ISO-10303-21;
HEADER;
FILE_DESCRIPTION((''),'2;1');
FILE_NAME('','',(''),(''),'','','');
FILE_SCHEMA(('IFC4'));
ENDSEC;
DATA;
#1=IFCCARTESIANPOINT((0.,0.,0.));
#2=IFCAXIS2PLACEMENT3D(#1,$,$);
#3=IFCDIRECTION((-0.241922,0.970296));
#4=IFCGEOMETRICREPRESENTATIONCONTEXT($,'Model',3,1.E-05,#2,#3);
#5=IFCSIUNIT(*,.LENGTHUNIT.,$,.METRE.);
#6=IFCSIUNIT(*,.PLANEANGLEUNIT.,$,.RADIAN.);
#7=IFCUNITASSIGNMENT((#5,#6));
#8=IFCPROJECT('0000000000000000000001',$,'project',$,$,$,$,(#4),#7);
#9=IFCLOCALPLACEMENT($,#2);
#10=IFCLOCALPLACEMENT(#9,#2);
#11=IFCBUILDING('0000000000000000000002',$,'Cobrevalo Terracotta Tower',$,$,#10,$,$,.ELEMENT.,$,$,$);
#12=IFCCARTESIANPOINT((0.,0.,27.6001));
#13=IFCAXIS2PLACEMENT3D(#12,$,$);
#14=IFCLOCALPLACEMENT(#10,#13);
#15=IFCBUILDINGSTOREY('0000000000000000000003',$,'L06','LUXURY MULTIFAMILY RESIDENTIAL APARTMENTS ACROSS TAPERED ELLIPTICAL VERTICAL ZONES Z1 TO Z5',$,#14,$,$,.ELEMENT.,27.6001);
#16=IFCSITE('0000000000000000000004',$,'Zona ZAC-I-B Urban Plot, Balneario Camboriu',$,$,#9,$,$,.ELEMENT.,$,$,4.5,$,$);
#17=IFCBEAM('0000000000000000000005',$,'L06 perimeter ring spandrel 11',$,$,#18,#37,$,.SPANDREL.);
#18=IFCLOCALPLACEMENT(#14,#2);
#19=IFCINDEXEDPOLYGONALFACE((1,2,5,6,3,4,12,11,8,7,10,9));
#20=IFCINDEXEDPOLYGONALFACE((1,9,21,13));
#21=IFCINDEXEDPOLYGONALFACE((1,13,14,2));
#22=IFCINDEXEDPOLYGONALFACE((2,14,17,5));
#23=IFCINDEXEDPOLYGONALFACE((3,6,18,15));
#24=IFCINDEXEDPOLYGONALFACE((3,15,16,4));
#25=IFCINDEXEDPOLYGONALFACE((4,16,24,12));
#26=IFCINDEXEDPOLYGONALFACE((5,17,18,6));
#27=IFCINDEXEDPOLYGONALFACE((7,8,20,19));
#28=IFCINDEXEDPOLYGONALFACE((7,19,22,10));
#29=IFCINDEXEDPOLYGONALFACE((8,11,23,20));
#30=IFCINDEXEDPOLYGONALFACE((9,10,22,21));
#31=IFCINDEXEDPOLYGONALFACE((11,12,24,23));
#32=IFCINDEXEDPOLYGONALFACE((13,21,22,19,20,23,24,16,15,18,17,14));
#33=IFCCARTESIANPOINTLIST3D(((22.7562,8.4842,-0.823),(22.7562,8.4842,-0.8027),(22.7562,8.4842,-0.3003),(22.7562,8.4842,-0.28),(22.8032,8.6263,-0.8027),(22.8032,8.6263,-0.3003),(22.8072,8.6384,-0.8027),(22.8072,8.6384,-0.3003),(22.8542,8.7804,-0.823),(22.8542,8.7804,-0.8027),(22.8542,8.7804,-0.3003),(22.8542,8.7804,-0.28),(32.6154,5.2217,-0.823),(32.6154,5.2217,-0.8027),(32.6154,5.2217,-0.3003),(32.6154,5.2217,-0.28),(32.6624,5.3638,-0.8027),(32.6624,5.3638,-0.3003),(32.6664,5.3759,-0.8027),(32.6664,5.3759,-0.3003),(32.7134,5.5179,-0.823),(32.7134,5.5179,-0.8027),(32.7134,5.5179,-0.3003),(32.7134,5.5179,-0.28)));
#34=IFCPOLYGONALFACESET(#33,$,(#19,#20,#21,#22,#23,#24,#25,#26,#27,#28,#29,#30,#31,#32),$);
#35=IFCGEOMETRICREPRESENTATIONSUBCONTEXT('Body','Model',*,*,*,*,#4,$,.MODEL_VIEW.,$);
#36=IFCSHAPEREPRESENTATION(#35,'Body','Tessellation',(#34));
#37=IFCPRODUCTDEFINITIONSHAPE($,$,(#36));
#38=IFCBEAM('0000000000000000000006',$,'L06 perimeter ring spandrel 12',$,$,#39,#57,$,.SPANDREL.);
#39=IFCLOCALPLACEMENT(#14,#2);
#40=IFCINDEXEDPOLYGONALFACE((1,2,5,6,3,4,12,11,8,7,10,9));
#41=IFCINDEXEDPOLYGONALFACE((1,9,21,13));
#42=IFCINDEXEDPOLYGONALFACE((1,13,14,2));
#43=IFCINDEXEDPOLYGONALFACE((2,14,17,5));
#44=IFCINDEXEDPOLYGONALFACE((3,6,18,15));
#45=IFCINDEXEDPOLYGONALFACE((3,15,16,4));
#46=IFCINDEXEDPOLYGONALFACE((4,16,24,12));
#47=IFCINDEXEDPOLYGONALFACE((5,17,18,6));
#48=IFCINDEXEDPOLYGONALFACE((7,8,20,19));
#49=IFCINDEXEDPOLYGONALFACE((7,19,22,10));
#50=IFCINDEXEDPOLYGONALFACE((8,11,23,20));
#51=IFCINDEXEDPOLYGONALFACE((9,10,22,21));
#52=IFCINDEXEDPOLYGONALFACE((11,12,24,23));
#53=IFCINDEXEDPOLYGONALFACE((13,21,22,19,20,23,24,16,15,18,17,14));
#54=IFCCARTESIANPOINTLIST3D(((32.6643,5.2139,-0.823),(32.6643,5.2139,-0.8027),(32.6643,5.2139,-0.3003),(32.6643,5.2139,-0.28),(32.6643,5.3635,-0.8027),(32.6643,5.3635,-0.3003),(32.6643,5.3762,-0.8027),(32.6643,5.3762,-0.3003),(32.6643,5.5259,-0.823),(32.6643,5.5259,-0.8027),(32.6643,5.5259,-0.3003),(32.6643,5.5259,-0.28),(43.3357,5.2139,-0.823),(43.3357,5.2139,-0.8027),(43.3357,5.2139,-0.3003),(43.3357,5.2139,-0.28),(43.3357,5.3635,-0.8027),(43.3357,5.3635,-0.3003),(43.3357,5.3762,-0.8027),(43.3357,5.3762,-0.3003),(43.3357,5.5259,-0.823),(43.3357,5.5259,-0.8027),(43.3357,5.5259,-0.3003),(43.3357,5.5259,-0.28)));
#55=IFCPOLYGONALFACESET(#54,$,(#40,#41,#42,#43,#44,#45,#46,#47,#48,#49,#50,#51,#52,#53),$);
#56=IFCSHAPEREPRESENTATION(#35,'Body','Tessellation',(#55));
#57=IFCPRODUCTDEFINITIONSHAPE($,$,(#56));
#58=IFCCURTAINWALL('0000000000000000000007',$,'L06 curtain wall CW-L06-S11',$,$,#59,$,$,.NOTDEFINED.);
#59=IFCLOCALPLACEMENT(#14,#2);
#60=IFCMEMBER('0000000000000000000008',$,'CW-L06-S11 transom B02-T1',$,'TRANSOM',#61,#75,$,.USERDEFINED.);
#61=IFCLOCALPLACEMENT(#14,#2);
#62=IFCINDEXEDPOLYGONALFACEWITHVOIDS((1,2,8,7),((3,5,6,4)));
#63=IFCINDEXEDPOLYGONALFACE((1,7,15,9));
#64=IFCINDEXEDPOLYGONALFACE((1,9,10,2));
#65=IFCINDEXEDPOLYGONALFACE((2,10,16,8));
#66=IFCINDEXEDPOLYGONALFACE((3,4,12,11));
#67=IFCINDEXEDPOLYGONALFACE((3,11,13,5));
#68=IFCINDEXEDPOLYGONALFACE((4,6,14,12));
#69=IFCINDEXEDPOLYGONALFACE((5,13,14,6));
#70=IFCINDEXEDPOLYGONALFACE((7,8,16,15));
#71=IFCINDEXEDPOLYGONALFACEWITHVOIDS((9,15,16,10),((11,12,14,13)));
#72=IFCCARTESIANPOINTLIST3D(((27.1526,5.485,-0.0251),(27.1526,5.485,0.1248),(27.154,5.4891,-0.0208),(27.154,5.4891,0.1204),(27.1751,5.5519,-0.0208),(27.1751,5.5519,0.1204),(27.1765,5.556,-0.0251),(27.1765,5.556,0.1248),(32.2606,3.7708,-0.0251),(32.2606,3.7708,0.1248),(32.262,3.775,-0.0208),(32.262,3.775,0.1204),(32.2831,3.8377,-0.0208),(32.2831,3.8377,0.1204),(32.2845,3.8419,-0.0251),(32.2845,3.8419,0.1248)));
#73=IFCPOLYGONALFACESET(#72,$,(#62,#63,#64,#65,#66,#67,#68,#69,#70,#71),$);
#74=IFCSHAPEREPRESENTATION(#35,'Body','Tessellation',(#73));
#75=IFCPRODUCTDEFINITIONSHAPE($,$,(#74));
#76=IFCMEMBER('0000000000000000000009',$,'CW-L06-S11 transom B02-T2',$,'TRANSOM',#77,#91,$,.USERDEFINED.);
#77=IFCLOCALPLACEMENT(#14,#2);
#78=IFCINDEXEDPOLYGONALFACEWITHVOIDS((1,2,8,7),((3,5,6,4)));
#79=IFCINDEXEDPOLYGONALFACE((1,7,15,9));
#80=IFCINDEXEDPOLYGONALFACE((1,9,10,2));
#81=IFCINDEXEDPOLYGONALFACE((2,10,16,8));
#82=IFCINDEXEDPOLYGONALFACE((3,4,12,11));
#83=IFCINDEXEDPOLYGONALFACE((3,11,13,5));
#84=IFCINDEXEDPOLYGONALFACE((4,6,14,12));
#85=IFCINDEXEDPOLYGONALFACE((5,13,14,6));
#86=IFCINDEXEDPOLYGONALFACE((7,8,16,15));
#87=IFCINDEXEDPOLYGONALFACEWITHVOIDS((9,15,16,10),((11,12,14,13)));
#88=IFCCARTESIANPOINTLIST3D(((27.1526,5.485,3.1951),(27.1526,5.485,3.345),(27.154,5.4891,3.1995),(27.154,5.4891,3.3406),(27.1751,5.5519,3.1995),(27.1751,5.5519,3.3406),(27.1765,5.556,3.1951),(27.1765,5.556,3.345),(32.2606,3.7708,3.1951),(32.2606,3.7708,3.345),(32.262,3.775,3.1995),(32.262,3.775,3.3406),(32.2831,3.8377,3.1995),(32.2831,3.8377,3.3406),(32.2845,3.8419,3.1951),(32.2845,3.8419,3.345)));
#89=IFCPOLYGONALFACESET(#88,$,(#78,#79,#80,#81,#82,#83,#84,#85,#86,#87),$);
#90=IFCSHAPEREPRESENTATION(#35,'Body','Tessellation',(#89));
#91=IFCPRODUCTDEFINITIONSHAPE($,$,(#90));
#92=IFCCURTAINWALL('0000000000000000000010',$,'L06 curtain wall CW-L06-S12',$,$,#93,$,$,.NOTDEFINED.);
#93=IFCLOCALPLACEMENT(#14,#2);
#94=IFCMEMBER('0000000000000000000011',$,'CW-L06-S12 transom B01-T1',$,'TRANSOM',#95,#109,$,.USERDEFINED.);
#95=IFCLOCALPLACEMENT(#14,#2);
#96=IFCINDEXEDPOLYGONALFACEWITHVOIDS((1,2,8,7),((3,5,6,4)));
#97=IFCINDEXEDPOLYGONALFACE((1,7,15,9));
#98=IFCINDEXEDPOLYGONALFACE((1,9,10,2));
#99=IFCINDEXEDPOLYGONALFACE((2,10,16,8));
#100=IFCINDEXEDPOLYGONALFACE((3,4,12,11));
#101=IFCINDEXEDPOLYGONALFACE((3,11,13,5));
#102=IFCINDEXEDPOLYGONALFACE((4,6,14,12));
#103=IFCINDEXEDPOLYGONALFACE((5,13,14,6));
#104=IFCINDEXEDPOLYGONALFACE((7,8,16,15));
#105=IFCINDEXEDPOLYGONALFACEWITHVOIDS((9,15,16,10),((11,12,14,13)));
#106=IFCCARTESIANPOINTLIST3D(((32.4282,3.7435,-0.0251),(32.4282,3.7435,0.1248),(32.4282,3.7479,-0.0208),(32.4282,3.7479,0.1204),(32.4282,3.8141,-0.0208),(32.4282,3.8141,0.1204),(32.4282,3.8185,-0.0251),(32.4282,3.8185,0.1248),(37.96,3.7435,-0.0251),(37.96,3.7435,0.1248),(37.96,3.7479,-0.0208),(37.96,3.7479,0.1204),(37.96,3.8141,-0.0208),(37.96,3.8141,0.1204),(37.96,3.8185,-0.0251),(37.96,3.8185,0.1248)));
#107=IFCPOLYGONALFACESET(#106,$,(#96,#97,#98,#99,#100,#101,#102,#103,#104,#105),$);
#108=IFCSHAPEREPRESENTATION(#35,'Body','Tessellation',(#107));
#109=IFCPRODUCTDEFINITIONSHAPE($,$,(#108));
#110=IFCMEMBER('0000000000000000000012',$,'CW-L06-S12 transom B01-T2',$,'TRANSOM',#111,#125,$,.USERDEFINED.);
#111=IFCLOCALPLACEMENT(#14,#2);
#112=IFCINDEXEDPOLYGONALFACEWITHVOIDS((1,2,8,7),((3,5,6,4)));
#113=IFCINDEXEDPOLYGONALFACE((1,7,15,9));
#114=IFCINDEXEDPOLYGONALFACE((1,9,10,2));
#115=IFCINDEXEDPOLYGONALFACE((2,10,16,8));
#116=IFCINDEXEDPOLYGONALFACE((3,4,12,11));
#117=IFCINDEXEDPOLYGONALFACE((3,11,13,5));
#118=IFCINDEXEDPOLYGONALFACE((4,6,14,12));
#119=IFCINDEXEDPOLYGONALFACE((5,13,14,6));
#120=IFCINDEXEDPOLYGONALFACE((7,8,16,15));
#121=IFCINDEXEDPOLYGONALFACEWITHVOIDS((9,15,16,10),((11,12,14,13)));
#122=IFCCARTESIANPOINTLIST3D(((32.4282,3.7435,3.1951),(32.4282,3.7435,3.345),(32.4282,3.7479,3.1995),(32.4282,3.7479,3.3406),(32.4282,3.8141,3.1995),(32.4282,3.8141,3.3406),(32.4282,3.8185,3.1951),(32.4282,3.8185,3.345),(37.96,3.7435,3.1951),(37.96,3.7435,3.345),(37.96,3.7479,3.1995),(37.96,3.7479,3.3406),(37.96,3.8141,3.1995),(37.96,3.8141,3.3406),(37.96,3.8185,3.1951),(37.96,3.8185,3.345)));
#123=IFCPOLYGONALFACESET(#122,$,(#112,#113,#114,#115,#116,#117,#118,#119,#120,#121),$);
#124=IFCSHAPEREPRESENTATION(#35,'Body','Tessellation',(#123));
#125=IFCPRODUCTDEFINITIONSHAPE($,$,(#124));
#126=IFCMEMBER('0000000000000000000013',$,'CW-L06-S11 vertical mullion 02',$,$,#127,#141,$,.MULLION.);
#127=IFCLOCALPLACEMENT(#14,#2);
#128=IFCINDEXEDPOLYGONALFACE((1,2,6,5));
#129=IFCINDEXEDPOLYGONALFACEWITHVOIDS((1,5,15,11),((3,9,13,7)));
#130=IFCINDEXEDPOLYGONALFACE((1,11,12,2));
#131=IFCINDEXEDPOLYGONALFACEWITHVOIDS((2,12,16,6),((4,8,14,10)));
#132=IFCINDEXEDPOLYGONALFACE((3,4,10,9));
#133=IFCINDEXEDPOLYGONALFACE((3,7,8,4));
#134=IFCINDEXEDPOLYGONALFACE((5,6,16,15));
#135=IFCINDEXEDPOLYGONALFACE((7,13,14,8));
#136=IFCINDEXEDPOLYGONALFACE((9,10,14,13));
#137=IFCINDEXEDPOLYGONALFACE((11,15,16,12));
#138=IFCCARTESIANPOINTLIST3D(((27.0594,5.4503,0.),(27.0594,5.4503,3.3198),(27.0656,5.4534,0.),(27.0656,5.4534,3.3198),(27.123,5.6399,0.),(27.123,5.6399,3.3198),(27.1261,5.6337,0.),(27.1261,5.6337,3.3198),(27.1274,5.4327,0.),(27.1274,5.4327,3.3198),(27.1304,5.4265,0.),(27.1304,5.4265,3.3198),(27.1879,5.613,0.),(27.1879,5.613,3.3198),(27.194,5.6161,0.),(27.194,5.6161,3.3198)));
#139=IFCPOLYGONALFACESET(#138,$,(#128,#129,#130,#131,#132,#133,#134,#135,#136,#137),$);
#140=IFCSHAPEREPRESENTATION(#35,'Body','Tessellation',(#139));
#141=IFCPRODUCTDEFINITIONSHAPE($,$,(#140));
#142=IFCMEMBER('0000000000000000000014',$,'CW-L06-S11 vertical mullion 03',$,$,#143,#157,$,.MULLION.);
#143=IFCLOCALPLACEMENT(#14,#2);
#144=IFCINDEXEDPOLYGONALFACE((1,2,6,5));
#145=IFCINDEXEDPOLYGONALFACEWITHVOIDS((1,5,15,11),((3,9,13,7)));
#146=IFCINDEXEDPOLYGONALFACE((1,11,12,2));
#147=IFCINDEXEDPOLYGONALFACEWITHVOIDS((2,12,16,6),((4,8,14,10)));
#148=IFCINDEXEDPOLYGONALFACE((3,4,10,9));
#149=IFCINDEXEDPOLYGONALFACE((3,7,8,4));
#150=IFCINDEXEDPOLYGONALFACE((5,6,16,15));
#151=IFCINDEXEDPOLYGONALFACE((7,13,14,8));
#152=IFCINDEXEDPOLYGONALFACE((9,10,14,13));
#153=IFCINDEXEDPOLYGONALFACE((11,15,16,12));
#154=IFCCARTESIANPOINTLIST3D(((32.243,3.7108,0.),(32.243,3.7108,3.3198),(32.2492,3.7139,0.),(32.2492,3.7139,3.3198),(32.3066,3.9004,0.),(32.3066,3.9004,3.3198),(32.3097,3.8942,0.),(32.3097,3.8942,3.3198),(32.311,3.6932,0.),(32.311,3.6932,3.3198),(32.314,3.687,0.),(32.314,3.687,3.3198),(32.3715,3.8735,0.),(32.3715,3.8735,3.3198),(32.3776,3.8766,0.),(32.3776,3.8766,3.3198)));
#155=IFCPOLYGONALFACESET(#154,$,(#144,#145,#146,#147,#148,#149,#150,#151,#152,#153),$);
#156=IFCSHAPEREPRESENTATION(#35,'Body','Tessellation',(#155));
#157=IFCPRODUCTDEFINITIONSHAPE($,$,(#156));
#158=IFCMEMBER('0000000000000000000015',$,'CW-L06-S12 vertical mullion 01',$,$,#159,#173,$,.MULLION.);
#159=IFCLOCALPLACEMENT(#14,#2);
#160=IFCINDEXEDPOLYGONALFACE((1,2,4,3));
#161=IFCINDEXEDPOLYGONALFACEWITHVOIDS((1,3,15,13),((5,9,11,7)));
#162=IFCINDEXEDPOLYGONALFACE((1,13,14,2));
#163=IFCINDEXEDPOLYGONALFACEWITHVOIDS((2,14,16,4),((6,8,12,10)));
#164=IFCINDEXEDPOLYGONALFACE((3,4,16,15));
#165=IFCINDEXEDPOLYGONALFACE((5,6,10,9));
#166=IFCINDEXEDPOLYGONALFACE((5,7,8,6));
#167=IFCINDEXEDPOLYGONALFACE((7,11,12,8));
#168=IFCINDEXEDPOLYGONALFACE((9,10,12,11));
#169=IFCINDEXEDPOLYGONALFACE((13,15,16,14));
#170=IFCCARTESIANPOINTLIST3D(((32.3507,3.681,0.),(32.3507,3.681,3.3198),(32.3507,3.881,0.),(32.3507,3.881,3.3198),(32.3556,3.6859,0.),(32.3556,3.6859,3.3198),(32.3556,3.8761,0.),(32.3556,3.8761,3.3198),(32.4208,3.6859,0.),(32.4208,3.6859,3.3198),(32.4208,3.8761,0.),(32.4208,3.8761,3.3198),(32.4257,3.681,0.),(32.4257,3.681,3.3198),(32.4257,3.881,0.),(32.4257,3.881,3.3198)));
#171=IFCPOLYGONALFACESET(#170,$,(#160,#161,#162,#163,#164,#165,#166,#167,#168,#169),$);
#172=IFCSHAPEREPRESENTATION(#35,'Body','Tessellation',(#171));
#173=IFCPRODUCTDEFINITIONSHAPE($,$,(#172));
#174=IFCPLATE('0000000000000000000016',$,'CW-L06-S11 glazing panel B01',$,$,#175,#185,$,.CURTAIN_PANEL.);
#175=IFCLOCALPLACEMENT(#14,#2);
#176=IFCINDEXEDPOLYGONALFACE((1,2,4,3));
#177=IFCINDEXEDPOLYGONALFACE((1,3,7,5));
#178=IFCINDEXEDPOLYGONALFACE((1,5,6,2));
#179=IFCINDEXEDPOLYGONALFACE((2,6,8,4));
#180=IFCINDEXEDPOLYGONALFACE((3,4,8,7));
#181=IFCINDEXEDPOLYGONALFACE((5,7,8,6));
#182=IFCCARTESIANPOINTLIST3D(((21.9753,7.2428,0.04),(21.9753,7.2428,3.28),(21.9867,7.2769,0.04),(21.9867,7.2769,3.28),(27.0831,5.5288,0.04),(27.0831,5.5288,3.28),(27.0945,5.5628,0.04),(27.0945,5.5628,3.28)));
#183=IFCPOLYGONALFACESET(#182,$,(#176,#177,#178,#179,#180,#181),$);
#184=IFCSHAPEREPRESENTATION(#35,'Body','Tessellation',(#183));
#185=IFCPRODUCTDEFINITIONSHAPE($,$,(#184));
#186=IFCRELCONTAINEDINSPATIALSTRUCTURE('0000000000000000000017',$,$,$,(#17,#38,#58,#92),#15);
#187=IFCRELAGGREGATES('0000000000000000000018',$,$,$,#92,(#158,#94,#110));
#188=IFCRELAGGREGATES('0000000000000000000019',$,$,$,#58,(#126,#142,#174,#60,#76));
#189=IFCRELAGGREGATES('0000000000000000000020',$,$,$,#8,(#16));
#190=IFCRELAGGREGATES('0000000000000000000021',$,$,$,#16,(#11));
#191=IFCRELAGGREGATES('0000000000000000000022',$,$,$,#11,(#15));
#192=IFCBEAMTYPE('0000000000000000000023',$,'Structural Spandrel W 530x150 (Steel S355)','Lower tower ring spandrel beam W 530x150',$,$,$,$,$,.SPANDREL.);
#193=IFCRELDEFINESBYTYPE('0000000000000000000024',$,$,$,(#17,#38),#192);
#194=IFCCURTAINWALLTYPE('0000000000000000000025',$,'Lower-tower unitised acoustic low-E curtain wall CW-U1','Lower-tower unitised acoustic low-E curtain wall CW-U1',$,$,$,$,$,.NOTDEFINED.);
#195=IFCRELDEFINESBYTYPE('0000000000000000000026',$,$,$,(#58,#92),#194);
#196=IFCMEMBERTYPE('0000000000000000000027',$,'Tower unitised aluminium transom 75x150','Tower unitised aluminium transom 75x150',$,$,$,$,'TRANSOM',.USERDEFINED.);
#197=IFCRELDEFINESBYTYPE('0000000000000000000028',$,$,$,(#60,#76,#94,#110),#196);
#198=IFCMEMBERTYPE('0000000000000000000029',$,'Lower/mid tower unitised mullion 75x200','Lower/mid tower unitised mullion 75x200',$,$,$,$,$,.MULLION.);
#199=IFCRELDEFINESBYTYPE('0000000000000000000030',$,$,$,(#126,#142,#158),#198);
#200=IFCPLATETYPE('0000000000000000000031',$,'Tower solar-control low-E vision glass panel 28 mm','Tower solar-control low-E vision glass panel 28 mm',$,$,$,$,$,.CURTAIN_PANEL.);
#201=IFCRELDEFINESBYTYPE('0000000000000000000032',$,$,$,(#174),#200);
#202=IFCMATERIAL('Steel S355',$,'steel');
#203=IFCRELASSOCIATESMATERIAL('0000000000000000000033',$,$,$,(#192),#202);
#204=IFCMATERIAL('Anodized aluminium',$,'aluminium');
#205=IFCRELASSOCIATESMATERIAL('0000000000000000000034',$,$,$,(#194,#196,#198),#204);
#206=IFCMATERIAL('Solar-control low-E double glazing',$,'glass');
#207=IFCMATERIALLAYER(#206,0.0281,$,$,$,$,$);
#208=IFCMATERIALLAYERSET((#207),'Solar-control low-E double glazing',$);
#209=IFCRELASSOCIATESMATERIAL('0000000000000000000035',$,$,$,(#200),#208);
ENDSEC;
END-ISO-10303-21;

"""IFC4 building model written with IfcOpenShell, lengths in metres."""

from ifc_helpers import new_model, si_unit, direction, frame, origin, origin_2d, place, context, subcontext, project, spatial, rectangle, hollow_rectangle, i_section, extrude, source, transform, mapped, material, layer, layer_set, material_profile, profile_set, type_object, element, aggregate, save


model = new_model("IFC4")

# Units and contexts
model_context = context("Model", 3, precision=1e-05, world=origin(), true_north=direction((-0.241922, 0.970296)))
body_context = subcontext(model_context, "Body", "Model", "MODEL_VIEW")
ifc_project = project(units=[si_unit("LENGTHUNIT", "METRE"), si_unit("PLANEANGLEUNIT", "RADIAN")], contexts=[model_context])

# Site, building, storey
site_placement = place(None, origin())
site = spatial("IfcSite", under=ifc_project, at=site_placement, Name="Zona ZAC-I-B Urban Plot, Balneario Camboriu", CompositionType="ELEMENT", RefElevation=4.5)
building_placement = place(site_placement, origin())
building = spatial("IfcBuilding", under=site, at=building_placement, Name="Cobrevalo Terracotta Tower", CompositionType="ELEMENT")
storey_placement = place(building_placement, frame((0.0, 0.0, 27.6001)))
storey = spatial("IfcBuildingStorey", under=building, at=storey_placement, Name="L06", Description="LUXURY MULTIFAMILY RESIDENTIAL APARTMENTS ACROSS TAPERED ELLIPTICAL VERTICAL ZONES Z1 TO Z5", CompositionType="ELEMENT", Elevation=27.6001)

# Shared definitions
ifc_material_1 = material(Name="Steel S355", Category="steel")

# Beams
ifc_material_profile_1 = material_profile(ifc_material_1, i_section(OverallWidth=0.312, OverallDepth=0.543, WebThickness=0.0127, FlangeThickness=0.0203, at=origin_2d()), Name="W 530x150")
ifc_profile_set_1 = profile_set([ifc_material_profile_1], Name="Steel S355")
beam_type_1 = type_object("IfcBeamType", Name="Structural Spandrel W 530x150 (Steel S355)", Description="Lower tower ring spandrel beam W 530x150", PredefinedType="SPANDREL", material=ifc_profile_set_1)
beam_1_placement = place(storey_placement, frame((22.8052, 8.6323, -0.5515), z_axis=(0.949372, -0.314153, 0.0), x_axis=(0.314153, 0.949372, 0.0)))
element("IfcBeam", 1, at=beam_1_placement, inside=storey, type_object=beam_type_1, Name="L06 perimeter ring spandrel 11", PredefinedType="SPANDREL", context=body_context, shape_type="SweptSolid", body=[
    extrude(i_section(OverallWidth=0.312, OverallDepth=0.543, WebThickness=0.0127, FlangeThickness=0.0203, at=origin_2d()), origin(), (0.0, 0.0, 1.0), 10.385),
])
beam_2_placement = place(storey_placement, frame((32.6643, 5.3699, -0.5515), z_axis=(1.0, 0.0, 0.0), x_axis=(0.0, 1.0, 0.0)))
element("IfcBeam", 2, at=beam_2_placement, inside=storey, type_object=beam_type_1, Name="L06 perimeter ring spandrel 12", PredefinedType="SPANDREL", context=body_context, shape_type="SweptSolid", body=[
    extrude(i_section(OverallWidth=0.312, OverallDepth=0.543, WebThickness=0.0127, FlangeThickness=0.0203, at=origin_2d()), origin(), (0.0, 0.0, 1.0), 10.6714),
])

# Curtain walls, members
ifc_material_2 = material(Name="Anodized aluminium", Category="aluminium")
curtain_wall_type = type_object("IfcCurtainWallType", Name="Lower-tower unitised acoustic low-E curtain wall CW-U1", Description="Lower-tower unitised acoustic low-E curtain wall CW-U1", PredefinedType="NOTDEFINED", material=ifc_material_2)
curtain_wall_1_placement = place(storey_placement, origin())
curtain_wall_1 = element("IfcCurtainWall", 3, at=curtain_wall_1_placement, inside=storey, type_object=curtain_wall_type, Name="L06 curtain wall CW-L06-S11", PredefinedType="NOTDEFINED")
ifc_material_profile_2 = material_profile(ifc_material_2, hollow_rectangle(XDim=0.075, YDim=0.1499, WallThickness=0.0044, at=origin_2d()), Name="CWT 75x150")
ifc_profile_set_2 = profile_set([ifc_material_profile_2], Name="Anodized aluminium")
member_type_1 = type_object("IfcMemberType", Name="Tower unitised aluminium transom 75x150", Description="Tower unitised aluminium transom 75x150", ElementType="TRANSOM", PredefinedType="USERDEFINED", material=ifc_profile_set_2)
shared_shape_1 = source(origin(), body_context, "Body", "SweptSolid", [
    extrude(hollow_rectangle(XDim=0.075, YDim=0.1499, WallThickness=0.0044, at=origin_2d()), origin(), (0.0, 0.0, 1.0), 5.3879),
])
member_1_placement = place(storey_placement, frame((27.1646, 5.5205, 0.0498), z_axis=(0.948042, -0.318144, 0.0), x_axis=(0.318144, 0.948042, 0.0)))
member_1 = element("IfcMember", 4, at=member_1_placement, type_object=member_type_1, Name="CW-L06-S11 transom B02-T1", ObjectType="TRANSOM", PredefinedType="USERDEFINED", context=body_context, shape_type="MappedRepresentation", body=[
    mapped(shared_shape_1, transform((0.0, 0.0, 0.0), scale=1.0)),
])
member_2_placement = place(storey_placement, frame((27.1646, 5.5205, 3.27), z_axis=(0.948042, -0.318144, 0.0), x_axis=(0.318144, 0.948042, 0.0)))
member_2 = element("IfcMember", 5, at=member_2_placement, type_object=member_type_1, Name="CW-L06-S11 transom B02-T2", ObjectType="TRANSOM", PredefinedType="USERDEFINED", context=body_context, shape_type="MappedRepresentation", body=[
    mapped(shared_shape_1, transform((0.0, 0.0, 0.0), scale=1.0)),
])
curtain_wall_2_placement = place(storey_placement, origin())
curtain_wall_2 = element("IfcCurtainWall", 6, at=curtain_wall_2_placement, inside=storey, type_object=curtain_wall_type, Name="L06 curtain wall CW-L06-S12", PredefinedType="NOTDEFINED")
shared_shape_2 = source(origin(), body_context, "Body", "SweptSolid", [
    extrude(hollow_rectangle(XDim=0.075, YDim=0.1499, WallThickness=0.0044, at=origin_2d()), origin(), (0.0, 0.0, 1.0), 5.5317),
])
member_3_placement = place(storey_placement, frame((32.4282, 3.781, 0.0498), z_axis=(1.0, 0.0, 0.0), x_axis=(0.0, 1.0, 0.0)))
member_3 = element("IfcMember", 7, at=member_3_placement, type_object=member_type_1, Name="CW-L06-S12 transom B01-T1", ObjectType="TRANSOM", PredefinedType="USERDEFINED", context=body_context, shape_type="MappedRepresentation", body=[
    mapped(shared_shape_2, transform((0.0, 0.0, 0.0), scale=1.0)),
])
member_4_placement = place(storey_placement, frame((32.4282, 3.781, 3.27), z_axis=(1.0, 0.0, 0.0), x_axis=(0.0, 1.0, 0.0)))
member_4 = element("IfcMember", 8, at=member_4_placement, type_object=member_type_1, Name="CW-L06-S12 transom B01-T2", ObjectType="TRANSOM", PredefinedType="USERDEFINED", context=body_context, shape_type="MappedRepresentation", body=[
    mapped(shared_shape_2, transform((0.0, 0.0, 0.0), scale=1.0)),
])

# Members
ifc_material_profile_3 = material_profile(ifc_material_2, hollow_rectangle(XDim=0.075, YDim=0.2, WallThickness=0.0049, at=origin_2d()), Name="CWM 75x200")
ifc_profile_set_3 = profile_set([ifc_material_profile_3], Name="Anodized aluminium")
member_type_2 = type_object("IfcMemberType", Name="Lower/mid tower unitised mullion 75x200", Description="Lower/mid tower unitised mullion 75x200", PredefinedType="MULLION", material=ifc_profile_set_3)
shared_shape_3 = source(origin(), body_context, "Body", "SweptSolid", [
    extrude(hollow_rectangle(XDim=0.075, YDim=0.2, WallThickness=0.0049, at=origin_2d()), origin(), (0.0, 0.0, 1.0), 3.3198),
])
member_5_placement = place(storey_placement, frame((27.1267, 5.5332, 0.0), z_axis=(0.0, 0.0, 1.0), x_axis=(0.948046, -0.318132, 0.0)))
member_5 = element("IfcMember", 9, at=member_5_placement, type_object=member_type_2, Name="CW-L06-S11 vertical mullion 02", PredefinedType="MULLION", context=body_context, shape_type="MappedRepresentation", body=[
    mapped(shared_shape_3, transform((0.0, 0.0, 0.0), scale=1.0)),
])
member_6_placement = place(storey_placement, frame((32.3103, 3.7937, 0.0), z_axis=(0.0, 0.0, 1.0), x_axis=(0.948046, -0.318132, 0.0)))
member_6 = element("IfcMember", 10, at=member_6_placement, type_object=member_type_2, Name="CW-L06-S11 vertical mullion 03", PredefinedType="MULLION", context=body_context, shape_type="MappedRepresentation", body=[
    mapped(shared_shape_3, transform((0.0, 0.0, 0.0), scale=1.0)),
])
member_7_placement = place(storey_placement, frame((32.3882, 3.781, 0.0), z_axis=(0.0, 0.0, 1.0), x_axis=(1.0, 0.0, 0.0)))
member_7 = element("IfcMember", 11, at=member_7_placement, type_object=member_type_2, Name="CW-L06-S12 vertical mullion 01", PredefinedType="MULLION", context=body_context, shape_type="MappedRepresentation", body=[
    mapped(shared_shape_3, transform((0.0, 0.0, 0.0), scale=1.0)),
])
aggregate(curtain_wall_2, [member_7, member_3, member_4])

# Plate
ifc_material_3 = material(Name="Solar-control low-E double glazing", Category="glass")
ifc_layer_1 = layer(ifc_material_3, 0.0281)
ifc_layer_set_1 = layer_set([ifc_layer_1], Name="Solar-control low-E double glazing")
plate_type = type_object("IfcPlateType", Name="Tower solar-control low-E vision glass panel 28 mm", Description="Tower solar-control low-E vision glass panel 28 mm", PredefinedType="CURTAIN_PANEL", material=ifc_layer_set_1)
shared_shape_4 = source(origin(), body_context, "Body", "SweptSolid", [
    extrude(rectangle(XDim=5.3877, YDim=0.0359, at=origin_2d()), origin(), (0.0, 0.0, 1.0), 3.24),
])
plate_1_placement = place(storey_placement, frame((24.5349, 6.4028, 0.04), z_axis=(0.0, 0.0, 1.0), x_axis=(0.948044, -0.318139, 0.0)))
plate_1 = element("IfcPlate", 12, at=plate_1_placement, type_object=plate_type, Name="CW-L06-S11 glazing panel B01", PredefinedType="CURTAIN_PANEL", context=body_context, shape_type="MappedRepresentation", body=[
    mapped(shared_shape_4, transform((0.0, 0.0, 0.0), scale=1.0)),
])
aggregate(curtain_wall_1, [member_5, member_6, plate_1, member_1, member_2])

save(model, "model.ifc")
